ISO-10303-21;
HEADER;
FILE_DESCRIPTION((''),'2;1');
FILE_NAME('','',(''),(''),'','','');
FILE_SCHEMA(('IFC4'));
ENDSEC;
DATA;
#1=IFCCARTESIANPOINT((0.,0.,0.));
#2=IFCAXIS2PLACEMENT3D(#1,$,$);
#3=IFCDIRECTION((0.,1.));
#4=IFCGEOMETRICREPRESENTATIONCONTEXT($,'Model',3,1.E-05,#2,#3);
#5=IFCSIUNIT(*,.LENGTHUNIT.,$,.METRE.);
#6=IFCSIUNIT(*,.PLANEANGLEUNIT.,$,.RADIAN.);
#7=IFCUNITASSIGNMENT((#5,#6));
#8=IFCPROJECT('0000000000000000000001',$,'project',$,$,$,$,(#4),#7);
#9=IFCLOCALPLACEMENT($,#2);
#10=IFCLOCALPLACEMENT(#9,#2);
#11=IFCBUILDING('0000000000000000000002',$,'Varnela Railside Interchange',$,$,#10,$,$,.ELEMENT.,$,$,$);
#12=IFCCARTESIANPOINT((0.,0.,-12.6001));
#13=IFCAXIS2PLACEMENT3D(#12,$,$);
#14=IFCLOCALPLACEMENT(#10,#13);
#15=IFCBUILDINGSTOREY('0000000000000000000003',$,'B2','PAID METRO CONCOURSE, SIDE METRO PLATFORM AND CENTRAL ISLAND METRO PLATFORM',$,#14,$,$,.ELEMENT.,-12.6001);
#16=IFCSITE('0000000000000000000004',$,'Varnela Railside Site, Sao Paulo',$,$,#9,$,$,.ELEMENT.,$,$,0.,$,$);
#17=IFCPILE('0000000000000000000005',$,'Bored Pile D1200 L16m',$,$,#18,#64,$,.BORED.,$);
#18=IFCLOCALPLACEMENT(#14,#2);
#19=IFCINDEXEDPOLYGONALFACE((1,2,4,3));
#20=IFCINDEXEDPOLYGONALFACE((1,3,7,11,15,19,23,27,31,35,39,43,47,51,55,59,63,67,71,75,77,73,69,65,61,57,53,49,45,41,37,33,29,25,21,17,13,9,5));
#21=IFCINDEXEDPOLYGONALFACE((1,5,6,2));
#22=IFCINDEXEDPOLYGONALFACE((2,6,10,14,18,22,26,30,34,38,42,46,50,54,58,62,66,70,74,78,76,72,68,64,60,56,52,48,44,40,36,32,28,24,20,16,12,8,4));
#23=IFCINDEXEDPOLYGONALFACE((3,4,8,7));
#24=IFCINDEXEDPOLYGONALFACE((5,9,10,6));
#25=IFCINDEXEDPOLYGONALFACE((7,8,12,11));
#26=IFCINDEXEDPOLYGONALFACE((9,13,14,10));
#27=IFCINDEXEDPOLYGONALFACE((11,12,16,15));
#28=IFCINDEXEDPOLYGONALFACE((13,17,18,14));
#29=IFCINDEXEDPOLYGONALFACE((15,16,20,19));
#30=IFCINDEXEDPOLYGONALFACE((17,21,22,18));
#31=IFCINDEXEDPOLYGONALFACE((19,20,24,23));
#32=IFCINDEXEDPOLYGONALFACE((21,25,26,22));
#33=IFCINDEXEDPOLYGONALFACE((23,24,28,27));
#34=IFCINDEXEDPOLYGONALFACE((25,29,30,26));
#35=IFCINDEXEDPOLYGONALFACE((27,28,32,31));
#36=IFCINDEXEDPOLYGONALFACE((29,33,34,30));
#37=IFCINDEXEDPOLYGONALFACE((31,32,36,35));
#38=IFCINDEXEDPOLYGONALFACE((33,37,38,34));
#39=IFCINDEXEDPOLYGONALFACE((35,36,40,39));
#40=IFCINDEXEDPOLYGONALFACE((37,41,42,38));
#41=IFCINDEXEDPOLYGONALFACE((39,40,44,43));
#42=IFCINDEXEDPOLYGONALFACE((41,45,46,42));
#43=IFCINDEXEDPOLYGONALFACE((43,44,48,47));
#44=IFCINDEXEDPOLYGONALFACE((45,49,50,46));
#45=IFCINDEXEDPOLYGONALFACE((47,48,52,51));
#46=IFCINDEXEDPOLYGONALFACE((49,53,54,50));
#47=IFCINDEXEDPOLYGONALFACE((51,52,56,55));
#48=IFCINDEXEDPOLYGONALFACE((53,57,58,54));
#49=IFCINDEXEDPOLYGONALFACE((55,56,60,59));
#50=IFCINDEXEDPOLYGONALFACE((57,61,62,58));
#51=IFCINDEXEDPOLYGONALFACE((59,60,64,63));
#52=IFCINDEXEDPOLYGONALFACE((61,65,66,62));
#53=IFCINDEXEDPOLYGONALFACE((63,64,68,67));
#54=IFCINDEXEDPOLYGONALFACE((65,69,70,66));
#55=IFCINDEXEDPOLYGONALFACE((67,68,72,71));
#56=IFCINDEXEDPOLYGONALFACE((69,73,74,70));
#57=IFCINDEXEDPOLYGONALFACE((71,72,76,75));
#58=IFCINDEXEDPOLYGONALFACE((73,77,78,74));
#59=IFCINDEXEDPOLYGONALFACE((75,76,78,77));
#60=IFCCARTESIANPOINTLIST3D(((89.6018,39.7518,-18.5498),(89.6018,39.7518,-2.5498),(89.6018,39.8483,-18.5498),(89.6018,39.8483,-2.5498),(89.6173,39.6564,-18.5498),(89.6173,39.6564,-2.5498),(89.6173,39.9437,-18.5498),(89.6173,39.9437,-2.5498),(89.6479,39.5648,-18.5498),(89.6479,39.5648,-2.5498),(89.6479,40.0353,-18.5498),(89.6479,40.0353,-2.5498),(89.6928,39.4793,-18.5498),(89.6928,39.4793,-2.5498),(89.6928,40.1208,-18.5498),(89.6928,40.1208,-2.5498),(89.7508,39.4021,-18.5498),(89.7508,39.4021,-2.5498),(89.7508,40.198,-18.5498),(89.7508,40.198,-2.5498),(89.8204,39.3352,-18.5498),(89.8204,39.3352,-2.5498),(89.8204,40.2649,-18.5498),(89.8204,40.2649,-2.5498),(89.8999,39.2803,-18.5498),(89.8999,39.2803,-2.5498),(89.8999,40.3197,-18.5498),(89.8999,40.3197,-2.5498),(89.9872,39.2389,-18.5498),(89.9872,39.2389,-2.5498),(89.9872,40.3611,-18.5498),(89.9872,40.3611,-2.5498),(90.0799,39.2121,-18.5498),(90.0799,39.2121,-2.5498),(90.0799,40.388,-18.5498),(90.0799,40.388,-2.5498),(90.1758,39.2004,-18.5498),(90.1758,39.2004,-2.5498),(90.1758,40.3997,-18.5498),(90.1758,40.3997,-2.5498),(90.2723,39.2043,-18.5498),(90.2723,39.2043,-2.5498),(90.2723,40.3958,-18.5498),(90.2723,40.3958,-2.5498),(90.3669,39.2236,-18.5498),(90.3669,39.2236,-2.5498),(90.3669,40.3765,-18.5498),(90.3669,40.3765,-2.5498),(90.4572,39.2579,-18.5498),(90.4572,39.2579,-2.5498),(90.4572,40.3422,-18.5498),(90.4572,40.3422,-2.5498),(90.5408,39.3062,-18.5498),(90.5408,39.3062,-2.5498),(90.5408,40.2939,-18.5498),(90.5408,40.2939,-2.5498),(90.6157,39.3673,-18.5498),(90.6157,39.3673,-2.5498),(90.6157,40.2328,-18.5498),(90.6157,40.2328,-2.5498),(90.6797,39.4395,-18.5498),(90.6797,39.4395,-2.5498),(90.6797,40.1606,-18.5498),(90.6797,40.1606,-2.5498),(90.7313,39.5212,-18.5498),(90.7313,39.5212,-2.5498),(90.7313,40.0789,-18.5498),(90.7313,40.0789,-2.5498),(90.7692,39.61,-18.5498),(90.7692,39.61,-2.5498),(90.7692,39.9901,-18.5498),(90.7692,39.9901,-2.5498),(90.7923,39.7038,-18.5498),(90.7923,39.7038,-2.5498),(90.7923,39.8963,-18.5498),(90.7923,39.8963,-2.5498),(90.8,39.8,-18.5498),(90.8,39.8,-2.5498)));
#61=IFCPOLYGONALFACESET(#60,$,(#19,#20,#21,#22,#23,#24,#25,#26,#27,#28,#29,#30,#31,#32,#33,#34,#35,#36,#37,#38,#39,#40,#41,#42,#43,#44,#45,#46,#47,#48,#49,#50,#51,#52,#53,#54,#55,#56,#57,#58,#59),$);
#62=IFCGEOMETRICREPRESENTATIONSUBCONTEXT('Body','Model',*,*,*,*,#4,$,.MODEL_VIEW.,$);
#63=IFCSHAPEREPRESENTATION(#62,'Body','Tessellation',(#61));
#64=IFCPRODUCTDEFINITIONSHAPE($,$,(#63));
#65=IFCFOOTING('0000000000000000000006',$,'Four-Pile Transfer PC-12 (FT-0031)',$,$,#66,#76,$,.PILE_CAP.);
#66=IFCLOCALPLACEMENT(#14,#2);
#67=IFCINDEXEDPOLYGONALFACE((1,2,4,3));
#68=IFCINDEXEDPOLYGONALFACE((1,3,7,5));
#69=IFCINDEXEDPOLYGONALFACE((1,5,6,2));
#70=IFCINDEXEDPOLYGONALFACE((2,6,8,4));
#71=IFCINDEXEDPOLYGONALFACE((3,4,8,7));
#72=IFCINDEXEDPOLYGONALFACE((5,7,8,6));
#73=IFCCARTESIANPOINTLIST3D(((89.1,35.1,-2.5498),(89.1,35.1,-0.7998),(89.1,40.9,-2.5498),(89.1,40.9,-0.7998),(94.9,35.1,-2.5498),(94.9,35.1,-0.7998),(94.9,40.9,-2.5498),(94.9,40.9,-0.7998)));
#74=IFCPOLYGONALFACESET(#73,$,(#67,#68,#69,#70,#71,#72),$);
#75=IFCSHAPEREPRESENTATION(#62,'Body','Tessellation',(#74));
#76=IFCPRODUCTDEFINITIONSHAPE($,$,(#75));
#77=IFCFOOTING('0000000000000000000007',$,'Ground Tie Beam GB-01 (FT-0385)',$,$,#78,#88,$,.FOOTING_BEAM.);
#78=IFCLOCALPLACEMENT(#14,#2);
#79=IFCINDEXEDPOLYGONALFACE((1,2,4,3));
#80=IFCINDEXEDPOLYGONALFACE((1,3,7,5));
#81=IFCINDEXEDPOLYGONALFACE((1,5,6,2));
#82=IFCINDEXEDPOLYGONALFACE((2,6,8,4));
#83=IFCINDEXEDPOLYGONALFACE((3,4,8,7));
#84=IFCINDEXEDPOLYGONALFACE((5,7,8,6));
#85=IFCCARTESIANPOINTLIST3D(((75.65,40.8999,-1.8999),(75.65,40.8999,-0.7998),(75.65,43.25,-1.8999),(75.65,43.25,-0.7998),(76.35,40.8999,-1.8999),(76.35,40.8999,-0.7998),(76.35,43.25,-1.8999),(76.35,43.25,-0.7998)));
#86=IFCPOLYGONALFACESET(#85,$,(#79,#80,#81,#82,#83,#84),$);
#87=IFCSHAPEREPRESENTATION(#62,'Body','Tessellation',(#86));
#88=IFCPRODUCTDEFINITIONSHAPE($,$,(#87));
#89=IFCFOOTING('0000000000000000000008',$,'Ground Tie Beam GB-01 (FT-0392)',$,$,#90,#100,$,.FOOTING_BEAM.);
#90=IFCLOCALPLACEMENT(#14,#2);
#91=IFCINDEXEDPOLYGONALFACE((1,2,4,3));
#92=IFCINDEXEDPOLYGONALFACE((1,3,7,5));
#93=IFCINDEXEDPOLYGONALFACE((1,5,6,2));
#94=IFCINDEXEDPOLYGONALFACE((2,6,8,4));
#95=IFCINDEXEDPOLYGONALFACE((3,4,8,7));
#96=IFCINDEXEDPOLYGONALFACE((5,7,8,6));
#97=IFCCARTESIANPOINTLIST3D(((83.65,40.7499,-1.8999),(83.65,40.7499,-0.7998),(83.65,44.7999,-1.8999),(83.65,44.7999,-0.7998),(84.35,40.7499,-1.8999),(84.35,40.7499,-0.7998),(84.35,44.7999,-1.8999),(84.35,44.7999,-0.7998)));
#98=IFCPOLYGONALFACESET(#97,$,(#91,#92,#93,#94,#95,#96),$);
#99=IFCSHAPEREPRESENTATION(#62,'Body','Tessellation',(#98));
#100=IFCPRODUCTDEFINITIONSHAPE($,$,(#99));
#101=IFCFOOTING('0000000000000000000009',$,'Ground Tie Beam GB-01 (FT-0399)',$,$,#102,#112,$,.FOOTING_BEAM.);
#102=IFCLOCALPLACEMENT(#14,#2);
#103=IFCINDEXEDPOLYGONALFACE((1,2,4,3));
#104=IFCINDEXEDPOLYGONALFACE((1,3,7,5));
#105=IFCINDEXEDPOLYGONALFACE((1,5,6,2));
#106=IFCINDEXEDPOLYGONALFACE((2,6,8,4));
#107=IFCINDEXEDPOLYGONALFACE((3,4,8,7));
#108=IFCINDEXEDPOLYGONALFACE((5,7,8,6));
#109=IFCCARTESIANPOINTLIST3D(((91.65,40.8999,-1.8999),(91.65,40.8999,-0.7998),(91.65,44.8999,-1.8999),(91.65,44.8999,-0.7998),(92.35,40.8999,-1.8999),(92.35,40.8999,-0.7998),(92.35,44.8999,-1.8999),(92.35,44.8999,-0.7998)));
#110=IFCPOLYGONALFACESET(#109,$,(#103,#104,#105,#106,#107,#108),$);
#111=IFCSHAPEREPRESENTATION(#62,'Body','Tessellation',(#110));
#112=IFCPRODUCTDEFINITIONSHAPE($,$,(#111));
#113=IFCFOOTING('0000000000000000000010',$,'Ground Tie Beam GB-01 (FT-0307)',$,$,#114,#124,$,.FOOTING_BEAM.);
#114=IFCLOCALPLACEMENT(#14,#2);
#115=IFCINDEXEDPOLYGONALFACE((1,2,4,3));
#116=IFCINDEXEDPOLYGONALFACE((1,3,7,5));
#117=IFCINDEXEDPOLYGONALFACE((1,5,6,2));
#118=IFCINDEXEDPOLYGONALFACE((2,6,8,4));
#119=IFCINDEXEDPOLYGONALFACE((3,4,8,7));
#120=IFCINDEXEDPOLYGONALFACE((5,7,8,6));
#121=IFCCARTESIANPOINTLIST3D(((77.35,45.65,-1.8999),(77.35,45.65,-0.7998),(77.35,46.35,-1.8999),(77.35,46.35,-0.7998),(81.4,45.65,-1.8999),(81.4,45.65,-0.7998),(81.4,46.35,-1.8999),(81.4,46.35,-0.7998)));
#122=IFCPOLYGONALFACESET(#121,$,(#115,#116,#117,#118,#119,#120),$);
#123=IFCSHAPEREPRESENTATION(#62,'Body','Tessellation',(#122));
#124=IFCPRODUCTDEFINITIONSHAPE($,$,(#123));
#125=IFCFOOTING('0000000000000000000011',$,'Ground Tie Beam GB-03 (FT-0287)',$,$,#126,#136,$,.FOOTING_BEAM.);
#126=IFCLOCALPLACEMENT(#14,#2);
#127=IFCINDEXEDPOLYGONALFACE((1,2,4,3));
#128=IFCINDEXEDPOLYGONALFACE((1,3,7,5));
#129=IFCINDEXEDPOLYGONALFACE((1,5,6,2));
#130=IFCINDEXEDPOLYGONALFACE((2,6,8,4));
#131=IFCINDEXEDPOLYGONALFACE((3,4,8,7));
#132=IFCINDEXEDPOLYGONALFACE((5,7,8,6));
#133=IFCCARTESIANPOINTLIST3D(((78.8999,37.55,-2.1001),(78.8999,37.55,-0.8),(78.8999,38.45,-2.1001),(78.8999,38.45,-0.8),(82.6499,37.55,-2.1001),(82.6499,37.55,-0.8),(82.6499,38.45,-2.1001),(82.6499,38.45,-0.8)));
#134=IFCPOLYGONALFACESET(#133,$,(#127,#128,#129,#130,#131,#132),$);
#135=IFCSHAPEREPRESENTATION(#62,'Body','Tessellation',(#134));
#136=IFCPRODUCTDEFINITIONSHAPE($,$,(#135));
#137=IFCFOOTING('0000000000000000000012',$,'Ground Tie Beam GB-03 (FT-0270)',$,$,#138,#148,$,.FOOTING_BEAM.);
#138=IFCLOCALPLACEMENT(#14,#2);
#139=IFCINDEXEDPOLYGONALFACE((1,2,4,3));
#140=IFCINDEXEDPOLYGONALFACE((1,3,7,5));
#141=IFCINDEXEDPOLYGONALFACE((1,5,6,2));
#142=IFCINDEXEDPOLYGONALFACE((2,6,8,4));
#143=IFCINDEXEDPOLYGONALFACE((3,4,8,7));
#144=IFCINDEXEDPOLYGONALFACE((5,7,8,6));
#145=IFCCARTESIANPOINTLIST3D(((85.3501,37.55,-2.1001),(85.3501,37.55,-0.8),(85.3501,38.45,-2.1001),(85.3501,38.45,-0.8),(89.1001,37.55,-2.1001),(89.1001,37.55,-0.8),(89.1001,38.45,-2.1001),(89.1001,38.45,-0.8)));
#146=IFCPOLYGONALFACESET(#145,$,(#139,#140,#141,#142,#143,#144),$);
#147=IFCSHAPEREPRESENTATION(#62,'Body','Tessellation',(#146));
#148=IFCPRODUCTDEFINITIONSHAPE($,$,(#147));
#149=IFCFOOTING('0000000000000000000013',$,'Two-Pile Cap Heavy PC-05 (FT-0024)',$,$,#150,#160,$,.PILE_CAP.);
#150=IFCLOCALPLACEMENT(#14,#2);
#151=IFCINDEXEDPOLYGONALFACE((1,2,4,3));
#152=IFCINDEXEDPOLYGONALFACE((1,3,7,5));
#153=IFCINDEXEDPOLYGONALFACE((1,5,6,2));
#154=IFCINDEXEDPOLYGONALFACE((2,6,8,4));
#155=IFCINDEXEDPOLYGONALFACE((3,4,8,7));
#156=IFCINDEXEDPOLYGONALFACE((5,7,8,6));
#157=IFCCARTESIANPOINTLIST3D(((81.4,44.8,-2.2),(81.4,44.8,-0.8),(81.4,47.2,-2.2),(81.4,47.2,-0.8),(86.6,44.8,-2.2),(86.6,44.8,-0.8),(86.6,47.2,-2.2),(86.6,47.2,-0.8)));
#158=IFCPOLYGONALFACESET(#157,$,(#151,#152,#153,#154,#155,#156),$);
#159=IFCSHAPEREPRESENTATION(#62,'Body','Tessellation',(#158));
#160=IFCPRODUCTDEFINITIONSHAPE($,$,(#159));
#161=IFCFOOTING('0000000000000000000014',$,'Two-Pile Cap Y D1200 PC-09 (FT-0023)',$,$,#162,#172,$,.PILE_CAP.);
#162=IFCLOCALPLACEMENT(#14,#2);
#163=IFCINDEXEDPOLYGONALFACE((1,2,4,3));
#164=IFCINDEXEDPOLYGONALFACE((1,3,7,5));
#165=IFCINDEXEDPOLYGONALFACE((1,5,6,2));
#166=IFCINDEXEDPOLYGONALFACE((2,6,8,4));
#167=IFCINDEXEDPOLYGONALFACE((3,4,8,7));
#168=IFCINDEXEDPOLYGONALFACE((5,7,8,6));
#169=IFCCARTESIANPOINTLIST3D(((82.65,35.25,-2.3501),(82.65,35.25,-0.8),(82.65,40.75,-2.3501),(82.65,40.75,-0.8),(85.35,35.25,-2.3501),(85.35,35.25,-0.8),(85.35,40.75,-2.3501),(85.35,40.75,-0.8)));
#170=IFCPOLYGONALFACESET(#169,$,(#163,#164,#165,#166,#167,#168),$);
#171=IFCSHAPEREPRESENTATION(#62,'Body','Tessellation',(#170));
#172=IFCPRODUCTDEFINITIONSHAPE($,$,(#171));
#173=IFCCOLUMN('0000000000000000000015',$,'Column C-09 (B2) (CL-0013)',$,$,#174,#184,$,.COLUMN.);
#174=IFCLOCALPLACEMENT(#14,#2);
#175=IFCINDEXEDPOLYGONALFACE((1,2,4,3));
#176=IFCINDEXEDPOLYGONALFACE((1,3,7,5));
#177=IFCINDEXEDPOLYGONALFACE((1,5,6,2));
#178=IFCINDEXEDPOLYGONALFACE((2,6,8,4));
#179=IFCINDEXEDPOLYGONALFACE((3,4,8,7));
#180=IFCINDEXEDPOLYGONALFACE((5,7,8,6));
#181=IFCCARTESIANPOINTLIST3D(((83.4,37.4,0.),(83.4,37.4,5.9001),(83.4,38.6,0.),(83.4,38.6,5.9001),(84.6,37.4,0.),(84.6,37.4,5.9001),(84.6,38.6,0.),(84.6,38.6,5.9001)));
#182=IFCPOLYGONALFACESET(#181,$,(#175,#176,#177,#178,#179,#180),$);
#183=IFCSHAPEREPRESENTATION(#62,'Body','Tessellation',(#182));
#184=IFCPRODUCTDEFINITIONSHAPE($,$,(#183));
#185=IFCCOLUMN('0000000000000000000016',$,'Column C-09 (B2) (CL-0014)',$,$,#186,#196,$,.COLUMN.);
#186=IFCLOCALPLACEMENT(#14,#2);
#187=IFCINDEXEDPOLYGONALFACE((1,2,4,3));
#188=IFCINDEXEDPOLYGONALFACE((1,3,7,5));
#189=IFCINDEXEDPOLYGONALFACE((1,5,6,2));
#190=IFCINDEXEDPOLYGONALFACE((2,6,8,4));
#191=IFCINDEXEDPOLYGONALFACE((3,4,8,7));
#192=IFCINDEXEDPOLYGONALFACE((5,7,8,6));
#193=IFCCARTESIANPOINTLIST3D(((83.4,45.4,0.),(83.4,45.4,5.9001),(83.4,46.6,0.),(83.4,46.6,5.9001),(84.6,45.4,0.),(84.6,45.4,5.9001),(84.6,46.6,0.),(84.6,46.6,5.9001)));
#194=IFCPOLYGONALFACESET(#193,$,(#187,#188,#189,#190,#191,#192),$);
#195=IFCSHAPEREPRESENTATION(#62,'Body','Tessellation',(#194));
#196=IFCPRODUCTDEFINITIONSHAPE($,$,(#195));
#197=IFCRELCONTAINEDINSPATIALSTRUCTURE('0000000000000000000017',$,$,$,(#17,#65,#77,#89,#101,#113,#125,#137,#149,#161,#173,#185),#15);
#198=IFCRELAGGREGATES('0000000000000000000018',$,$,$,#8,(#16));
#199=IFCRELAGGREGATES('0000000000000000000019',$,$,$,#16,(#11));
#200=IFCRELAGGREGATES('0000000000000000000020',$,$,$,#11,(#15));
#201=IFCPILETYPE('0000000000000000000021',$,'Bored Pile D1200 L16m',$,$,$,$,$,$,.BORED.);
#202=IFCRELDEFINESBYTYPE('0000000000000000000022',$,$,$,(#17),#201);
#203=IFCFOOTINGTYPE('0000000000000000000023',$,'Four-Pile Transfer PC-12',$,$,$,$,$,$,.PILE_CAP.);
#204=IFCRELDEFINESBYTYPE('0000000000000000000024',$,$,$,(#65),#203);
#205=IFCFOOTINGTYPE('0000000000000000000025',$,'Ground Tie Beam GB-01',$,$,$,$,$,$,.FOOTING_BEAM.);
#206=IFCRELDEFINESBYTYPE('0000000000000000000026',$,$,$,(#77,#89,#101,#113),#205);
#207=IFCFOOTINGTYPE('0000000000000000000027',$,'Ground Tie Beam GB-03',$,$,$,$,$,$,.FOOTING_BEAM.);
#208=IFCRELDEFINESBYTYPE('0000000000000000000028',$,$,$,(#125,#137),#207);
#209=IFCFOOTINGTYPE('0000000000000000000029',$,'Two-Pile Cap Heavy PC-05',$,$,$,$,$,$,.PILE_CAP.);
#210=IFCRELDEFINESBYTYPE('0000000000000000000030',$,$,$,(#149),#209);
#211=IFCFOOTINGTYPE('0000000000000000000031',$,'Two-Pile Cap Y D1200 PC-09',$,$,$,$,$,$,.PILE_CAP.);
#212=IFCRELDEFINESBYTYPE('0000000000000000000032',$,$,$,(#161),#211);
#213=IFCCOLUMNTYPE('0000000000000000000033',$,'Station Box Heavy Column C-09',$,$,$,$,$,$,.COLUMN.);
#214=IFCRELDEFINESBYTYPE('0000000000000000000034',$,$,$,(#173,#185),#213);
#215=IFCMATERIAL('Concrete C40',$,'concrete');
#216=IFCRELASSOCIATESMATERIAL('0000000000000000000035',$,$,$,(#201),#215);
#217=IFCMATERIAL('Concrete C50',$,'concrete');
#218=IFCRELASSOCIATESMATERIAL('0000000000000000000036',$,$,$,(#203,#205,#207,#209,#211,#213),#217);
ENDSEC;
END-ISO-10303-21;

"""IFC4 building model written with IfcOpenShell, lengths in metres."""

from ifc_helpers import new_model, si_unit, direction, frame, origin, origin_2d, place, context, subcontext, project, spatial, rectangle, circle, extrude, material, material_profile, profile_set, type_object, element, save


model = new_model("IFC4")

# Units and contexts
model_context = context("Model", 3, precision=1e-05, world=origin(), true_north=direction((0.0, 1.0)))
body_context = subcontext(model_context, "Body", "Model", "MODEL_VIEW")
ifc_project = project(units=[si_unit("LENGTHUNIT", "METRE"), si_unit("PLANEANGLEUNIT", "RADIAN")], contexts=[model_context])

# Site, building, storey
site_placement = place(None, origin())
site = spatial("IfcSite", under=ifc_project, at=site_placement, Name="Varnela Railside Site, Sao Paulo", CompositionType="ELEMENT", RefElevation=0.0)
building_placement = place(site_placement, origin())
building = spatial("IfcBuilding", under=site, at=building_placement, Name="Varnela Railside Interchange", CompositionType="ELEMENT")
storey_placement = place(building_placement, frame((0.0, 0.0, -12.6001)))
storey = spatial("IfcBuildingStorey", under=building, at=storey_placement, Name="B2", Description="PAID METRO CONCOURSE, SIDE METRO PLATFORM AND CENTRAL ISLAND METRO PLATFORM", CompositionType="ELEMENT", Elevation=-12.6001)

# Pile
ifc_material_1 = material(Name="Concrete C40", Category="concrete")
ifc_material_profile_1 = material_profile(ifc_material_1, circle(Radius=0.6001, at=origin_2d()), Name="BORED PILE D1200")
ifc_profile_set_1 = profile_set([ifc_material_profile_1], Name="Concrete C40")
pile_type_1 = type_object("IfcPileType", Name="Bored Pile D1200 L16m", PredefinedType="BORED", material=ifc_profile_set_1)
for number, where, z_axis, x_axis, name in (
    (1, (90.2, 39.8, -2.5498), (0.0, 0.0, -1.0), (1.0, 0.0, 0.0), "Bored Pile D1200 L16m"),
):
    element("IfcPile", number, at=place(storey_placement, frame(where, z_axis=z_axis, x_axis=x_axis)), inside=storey, type_object=pile_type_1, Name=name, PredefinedType="BORED", context=body_context, shape_type="SweptSolid", body=[
        extrude(circle(Radius=0.6001, at=origin_2d()), origin(), (0.0, 0.0, 1.0), 16.0),
    ])

# Footings
ifc_material_2 = material(Name="Concrete C50", Category="concrete")
footing_type_1 = type_object("IfcFootingType", Name="Four-Pile Transfer PC-12", PredefinedType="PILE_CAP", material=ifc_material_2)
footing_1_placement = place(storey_placement, frame((92.0, 38.0, -2.5498), z_axis=(0.0, 0.0, 1.0), x_axis=(1.0, 0.0, 0.0)))
element("IfcFooting", 2, at=footing_1_placement, inside=storey, type_object=footing_type_1, Name="Four-Pile Transfer PC-12 (FT-0031)", PredefinedType="PILE_CAP", context=body_context, shape_type="SweptSolid", body=[
    extrude(rectangle(XDim=5.8, YDim=5.8, at=origin_2d()), origin(), (0.0, 0.0, 1.0), 1.75),
])
footing_type_2 = type_object("IfcFootingType", Name="Ground Tie Beam GB-01", PredefinedType="FOOTING_BEAM", material=ifc_material_2)
footing_2_placement = place(storey_placement, frame((76.0, 42.075, -1.8999), z_axis=(0.0, 0.0, 1.0), x_axis=(1.0, 0.0, 0.0)))
element("IfcFooting", 3, at=footing_2_placement, inside=storey, type_object=footing_type_2, Name="Ground Tie Beam GB-01 (FT-0385)", PredefinedType="FOOTING_BEAM", context=body_context, shape_type="SweptSolid", body=[
    extrude(rectangle(XDim=0.7, YDim=2.3501, at=origin_2d()), origin(), (0.0, 0.0, 1.0), 1.1001),
])
footing_3_placement = place(storey_placement, frame((84.0, 42.7749, -1.8999), z_axis=(0.0, 0.0, 1.0), x_axis=(1.0, 0.0, 0.0)))
element("IfcFooting", 4, at=footing_3_placement, inside=storey, type_object=footing_type_2, Name="Ground Tie Beam GB-01 (FT-0392)", PredefinedType="FOOTING_BEAM", context=body_context, shape_type="SweptSolid", body=[
    extrude(rectangle(XDim=0.7, YDim=4.05, at=origin_2d()), origin(), (0.0, 0.0, 1.0), 1.1001),
])
footing_4_placement = place(storey_placement, frame((92.0, 42.8999, -1.8999), z_axis=(0.0, 0.0, 1.0), x_axis=(1.0, 0.0, 0.0)))
element("IfcFooting", 5, at=footing_4_placement, inside=storey, type_object=footing_type_2, Name="Ground Tie Beam GB-01 (FT-0399)", PredefinedType="FOOTING_BEAM", context=body_context, shape_type="SweptSolid", body=[
    extrude(rectangle(XDim=0.7, YDim=4.0, at=origin_2d()), origin(), (0.0, 0.0, 1.0), 1.1001),
])
footing_5_placement = place(storey_placement, frame((79.375, 46.0, -1.8999), z_axis=(0.0, 0.0, 1.0), x_axis=(1.0, 0.0, 0.0)))
element("IfcFooting", 6, at=footing_5_placement, inside=storey, type_object=footing_type_2, Name="Ground Tie Beam GB-01 (FT-0307)", PredefinedType="FOOTING_BEAM", context=body_context, shape_type="SweptSolid", body=[
    extrude(rectangle(XDim=4.05, YDim=0.7, at=origin_2d()), origin(), (0.0, 0.0, 1.0), 1.1001),
])
footing_type_3 = type_object("IfcFootingType", Name="Ground Tie Beam GB-03", PredefinedType="FOOTING_BEAM", material=ifc_material_2)
for number, where, z_axis, x_axis, name in (
    (7, (80.7749, 38.0, -2.1001), (0.0, 0.0, 1.0), (1.0, 0.0, 0.0), "Ground Tie Beam GB-03 (FT-0287)"),
    (8, (87.2251, 38.0, -2.1001), (0.0, 0.0, 1.0), (1.0, 0.0, 0.0), "Ground Tie Beam GB-03 (FT-0270)"),
):
    element("IfcFooting", number, at=place(storey_placement, frame(where, z_axis=z_axis, x_axis=x_axis)), inside=storey, type_object=footing_type_3, Name=name, PredefinedType="FOOTING_BEAM", context=body_context, shape_type="SweptSolid", body=[
        extrude(rectangle(XDim=3.75, YDim=0.8999, at=origin_2d()), origin(), (0.0, 0.0, 1.0), 1.3),
    ])
footing_type_4 = type_object("IfcFootingType", Name="Two-Pile Cap Heavy PC-05", PredefinedType="PILE_CAP", material=ifc_material_2)
footing_6_placement = place(storey_placement, frame((84.0, 46.0, -2.2), z_axis=(0.0, 0.0, 1.0), x_axis=(1.0, 0.0, 0.0)))
element("IfcFooting", 9, at=footing_6_placement, inside=storey, type_object=footing_type_4, Name="Two-Pile Cap Heavy PC-05 (FT-0024)", PredefinedType="PILE_CAP", context=body_context, shape_type="SweptSolid", body=[
    extrude(rectangle(XDim=5.2, YDim=2.3999, at=origin_2d()), origin(), (0.0, 0.0, 1.0), 1.3999),
])
footing_type_5 = type_object("IfcFootingType", Name="Two-Pile Cap Y D1200 PC-09", PredefinedType="PILE_CAP", material=ifc_material_2)
footing_7_placement = place(storey_placement, frame((84.0, 38.0, -2.3501), z_axis=(0.0, 0.0, 1.0), x_axis=(1.0, 0.0, 0.0)))
element("IfcFooting", 10, at=footing_7_placement, inside=storey, type_object=footing_type_5, Name="Two-Pile Cap Y D1200 PC-09 (FT-0023)", PredefinedType="PILE_CAP", context=body_context, shape_type="SweptSolid", body=[
    extrude(rectangle(XDim=2.7, YDim=5.5, at=origin_2d()), origin(), (0.0, 0.0, 1.0), 1.55),
])

# Columns
ifc_material_profile_2 = material_profile(ifc_material_2, rectangle(XDim=1.2, YDim=1.2, at=origin_2d()), Name="RC 1200x1200")
ifc_profile_set_2 = profile_set([ifc_material_profile_2], Name="Concrete C50")
column_type_1 = type_object("IfcColumnType", Name="Station Box Heavy Column C-09", PredefinedType="COLUMN", material=ifc_profile_set_2)
for number, where, z_axis, x_axis, name in (
    (11, (84.0, 38.0, 0.0), (0.0, 0.0, 1.0), (1.0, 0.0, 0.0), "Column C-09 (B2) (CL-0013)"),
    (12, (84.0, 46.0, 0.0), (0.0, 0.0, 1.0), (1.0, 0.0, 0.0), "Column C-09 (B2) (CL-0014)"),
):
    element("IfcColumn", number, at=place(storey_placement, frame(where, z_axis=z_axis, x_axis=x_axis)), inside=storey, type_object=column_type_1, Name=name, PredefinedType="COLUMN", context=body_context, shape_type="SweptSolid", body=[
        extrude(rectangle(XDim=1.2, YDim=1.2, at=origin_2d()), origin(), (0.0, 0.0, 1.0), 5.9001),
    ])

save(model, "model.ifc")
